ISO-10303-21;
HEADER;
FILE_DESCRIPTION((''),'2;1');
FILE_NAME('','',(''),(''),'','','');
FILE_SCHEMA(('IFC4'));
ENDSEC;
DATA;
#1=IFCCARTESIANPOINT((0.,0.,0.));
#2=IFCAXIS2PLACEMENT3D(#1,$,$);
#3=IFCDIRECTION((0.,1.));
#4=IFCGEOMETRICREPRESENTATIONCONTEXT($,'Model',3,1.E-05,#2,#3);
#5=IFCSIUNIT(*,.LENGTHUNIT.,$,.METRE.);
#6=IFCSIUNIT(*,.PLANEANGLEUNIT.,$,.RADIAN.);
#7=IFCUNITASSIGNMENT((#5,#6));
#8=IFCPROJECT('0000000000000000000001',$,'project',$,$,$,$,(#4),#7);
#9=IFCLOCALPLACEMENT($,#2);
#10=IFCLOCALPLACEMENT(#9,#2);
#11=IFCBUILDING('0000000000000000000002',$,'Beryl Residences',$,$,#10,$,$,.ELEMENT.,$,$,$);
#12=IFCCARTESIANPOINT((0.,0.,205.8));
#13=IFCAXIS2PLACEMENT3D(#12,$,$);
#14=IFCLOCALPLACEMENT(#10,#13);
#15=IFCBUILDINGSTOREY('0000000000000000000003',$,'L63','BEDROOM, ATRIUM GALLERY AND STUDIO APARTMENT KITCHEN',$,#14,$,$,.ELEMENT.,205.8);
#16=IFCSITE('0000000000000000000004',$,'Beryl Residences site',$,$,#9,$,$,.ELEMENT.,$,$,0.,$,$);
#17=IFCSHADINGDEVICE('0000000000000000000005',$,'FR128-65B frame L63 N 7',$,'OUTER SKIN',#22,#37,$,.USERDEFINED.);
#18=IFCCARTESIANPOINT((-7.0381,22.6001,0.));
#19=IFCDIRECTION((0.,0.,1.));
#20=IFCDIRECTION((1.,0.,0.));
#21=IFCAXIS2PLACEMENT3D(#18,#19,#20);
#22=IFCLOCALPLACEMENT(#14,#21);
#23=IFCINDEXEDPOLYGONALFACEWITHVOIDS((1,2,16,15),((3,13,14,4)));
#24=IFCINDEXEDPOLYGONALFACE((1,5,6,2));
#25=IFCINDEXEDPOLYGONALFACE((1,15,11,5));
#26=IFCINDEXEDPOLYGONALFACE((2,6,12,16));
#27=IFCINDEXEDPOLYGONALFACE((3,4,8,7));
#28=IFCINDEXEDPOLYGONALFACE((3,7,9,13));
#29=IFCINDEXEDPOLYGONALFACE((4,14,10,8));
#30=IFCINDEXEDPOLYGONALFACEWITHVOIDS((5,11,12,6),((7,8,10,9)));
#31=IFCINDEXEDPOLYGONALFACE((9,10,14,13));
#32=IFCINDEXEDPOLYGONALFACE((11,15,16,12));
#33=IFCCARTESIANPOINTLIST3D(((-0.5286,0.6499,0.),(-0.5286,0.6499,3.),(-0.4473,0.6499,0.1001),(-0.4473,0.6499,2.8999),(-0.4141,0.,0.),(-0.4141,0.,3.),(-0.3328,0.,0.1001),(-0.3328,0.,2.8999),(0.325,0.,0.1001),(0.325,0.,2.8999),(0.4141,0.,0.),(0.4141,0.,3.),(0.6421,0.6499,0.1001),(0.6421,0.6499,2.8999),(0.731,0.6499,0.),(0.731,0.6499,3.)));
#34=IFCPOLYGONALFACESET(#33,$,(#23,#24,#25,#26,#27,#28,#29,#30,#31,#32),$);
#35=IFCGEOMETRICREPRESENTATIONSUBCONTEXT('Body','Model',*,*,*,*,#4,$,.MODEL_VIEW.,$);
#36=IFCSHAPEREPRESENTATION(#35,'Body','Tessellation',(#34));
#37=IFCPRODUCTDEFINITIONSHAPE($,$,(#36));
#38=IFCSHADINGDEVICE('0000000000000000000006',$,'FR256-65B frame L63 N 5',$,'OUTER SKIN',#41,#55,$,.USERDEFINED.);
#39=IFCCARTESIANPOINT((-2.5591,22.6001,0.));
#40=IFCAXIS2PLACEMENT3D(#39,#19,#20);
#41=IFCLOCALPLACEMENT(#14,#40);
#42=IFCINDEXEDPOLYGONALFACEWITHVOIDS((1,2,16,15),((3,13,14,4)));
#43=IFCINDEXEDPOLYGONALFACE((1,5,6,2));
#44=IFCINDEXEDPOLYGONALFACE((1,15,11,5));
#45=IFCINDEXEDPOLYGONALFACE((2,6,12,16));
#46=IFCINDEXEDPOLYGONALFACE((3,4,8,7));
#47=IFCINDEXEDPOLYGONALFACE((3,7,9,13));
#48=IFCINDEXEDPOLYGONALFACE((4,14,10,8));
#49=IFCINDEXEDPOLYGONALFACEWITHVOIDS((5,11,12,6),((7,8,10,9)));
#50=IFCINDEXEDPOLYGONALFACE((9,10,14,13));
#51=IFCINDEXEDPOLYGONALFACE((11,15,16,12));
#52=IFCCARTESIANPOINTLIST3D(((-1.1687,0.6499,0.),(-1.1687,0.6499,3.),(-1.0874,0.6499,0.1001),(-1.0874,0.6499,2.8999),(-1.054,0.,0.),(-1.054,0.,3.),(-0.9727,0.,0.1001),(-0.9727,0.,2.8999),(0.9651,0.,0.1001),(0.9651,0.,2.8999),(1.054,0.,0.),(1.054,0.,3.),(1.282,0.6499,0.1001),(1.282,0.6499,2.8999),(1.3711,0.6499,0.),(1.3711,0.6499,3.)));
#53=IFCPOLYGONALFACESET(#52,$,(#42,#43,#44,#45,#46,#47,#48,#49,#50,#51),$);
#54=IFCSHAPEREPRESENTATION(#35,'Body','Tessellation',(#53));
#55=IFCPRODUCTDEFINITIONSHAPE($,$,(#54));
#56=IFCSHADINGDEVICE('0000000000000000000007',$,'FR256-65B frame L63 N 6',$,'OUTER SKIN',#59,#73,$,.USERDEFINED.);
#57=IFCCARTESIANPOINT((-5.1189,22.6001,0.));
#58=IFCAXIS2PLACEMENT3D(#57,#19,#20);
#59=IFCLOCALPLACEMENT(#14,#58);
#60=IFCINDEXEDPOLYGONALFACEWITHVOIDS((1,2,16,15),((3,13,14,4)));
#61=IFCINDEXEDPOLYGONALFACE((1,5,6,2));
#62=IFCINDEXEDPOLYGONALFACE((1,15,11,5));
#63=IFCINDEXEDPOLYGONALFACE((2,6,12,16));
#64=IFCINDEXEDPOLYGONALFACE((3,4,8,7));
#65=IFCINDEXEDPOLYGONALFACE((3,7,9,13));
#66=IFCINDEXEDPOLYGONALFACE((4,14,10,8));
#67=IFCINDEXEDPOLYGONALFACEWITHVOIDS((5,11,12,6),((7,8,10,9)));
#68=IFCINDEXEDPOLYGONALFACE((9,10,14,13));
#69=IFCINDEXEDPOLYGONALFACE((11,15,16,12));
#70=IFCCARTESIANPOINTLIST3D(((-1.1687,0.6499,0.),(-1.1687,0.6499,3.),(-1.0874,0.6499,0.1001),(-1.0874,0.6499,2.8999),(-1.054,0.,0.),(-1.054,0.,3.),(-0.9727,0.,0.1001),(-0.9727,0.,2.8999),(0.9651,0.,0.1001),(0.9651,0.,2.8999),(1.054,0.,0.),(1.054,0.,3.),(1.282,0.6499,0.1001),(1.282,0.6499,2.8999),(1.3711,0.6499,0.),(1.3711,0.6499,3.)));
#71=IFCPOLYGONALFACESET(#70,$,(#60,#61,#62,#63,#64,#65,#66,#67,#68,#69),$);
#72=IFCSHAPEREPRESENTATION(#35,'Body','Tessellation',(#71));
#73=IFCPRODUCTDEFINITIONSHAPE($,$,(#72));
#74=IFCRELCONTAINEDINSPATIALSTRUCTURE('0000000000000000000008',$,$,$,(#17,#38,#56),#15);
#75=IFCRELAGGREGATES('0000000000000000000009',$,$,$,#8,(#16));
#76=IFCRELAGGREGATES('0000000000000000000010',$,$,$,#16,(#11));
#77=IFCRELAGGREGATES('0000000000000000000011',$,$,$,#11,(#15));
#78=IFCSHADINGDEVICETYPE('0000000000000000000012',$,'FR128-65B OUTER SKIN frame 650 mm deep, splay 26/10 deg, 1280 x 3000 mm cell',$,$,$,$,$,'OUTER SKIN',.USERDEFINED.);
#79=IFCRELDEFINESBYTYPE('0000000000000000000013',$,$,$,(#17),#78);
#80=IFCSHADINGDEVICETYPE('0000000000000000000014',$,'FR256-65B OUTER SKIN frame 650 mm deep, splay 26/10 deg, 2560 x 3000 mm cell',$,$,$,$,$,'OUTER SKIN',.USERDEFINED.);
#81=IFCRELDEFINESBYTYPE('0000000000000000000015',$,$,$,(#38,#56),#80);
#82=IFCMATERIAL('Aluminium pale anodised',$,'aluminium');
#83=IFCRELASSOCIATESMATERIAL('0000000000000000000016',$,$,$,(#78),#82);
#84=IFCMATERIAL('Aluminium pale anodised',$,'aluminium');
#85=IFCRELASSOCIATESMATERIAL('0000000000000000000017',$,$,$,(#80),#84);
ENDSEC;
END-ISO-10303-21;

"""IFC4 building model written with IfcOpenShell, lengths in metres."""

from ifc_helpers import new_model, entity, si_unit, direction, frame, origin, place, context, subcontext, project, spatial, source, transform, mapped, material, type_object, type_shapes, element, save


model = new_model("IFC4")

# Units and contexts
model_context = context("Model", 3, precision=1e-05, world=origin(), true_north=direction((0.0, 1.0)))
body_context = subcontext(model_context, "Body", "Model", "MODEL_VIEW")
ifc_project = project(units=[si_unit("LENGTHUNIT", "METRE"), si_unit("PLANEANGLEUNIT", "RADIAN")], contexts=[model_context])

# Site, building, storey
site_placement = place(None, origin())
site = spatial("IfcSite", under=ifc_project, at=site_placement, Name="Beryl Residences site", CompositionType="ELEMENT", RefElevation=0.0)
building_placement = place(site_placement, origin())
building = spatial("IfcBuilding", under=site, at=building_placement, Name="Beryl Residences", CompositionType="ELEMENT")
storey_placement = place(building_placement, frame((0.0, 0.0, 205.8)))
storey = spatial("IfcBuildingStorey", under=building, at=storey_placement, Name="L63", Description="BEDROOM, ATRIUM GALLERY AND STUDIO APARTMENT KITCHEN", CompositionType="ELEMENT", Elevation=205.8)

# Shading devices
ifc_material_1 = material(Name="Aluminium pale anodised", Category="aluminium")
shading_device_type_1 = type_object("IfcShadingDeviceType", Name="FR128-65B OUTER SKIN frame 650 mm deep, splay 26/10 deg, 1280 x 3000 mm cell", ElementType="OUTER SKIN", PredefinedType="USERDEFINED", material=ifc_material_1)
cartesian_point_1 = entity("IfcCartesianPoint", [-0.4141, 0.0])
cartesian_point_2 = entity("IfcCartesianPoint", [-0.325, 0.1001])
cartesian_point_3 = entity("IfcCartesianPoint", [-0.731, 0.0])
cartesian_point_4 = entity("IfcCartesianPoint", [-0.6421, 0.1001])
shared_shape_1 = source(origin(), body_context, "Body", "SweptSolid", [
    entity("IfcExtrudedAreaSolidTapered", entity("IfcArbitraryProfileDefWithVoids", "AREA", None, entity("IfcPolyline", [cartesian_point_1, entity("IfcCartesianPoint", [0.4141, 0.0]), entity("IfcCartesianPoint", [0.4141, 3.0]), entity("IfcCartesianPoint", [-0.4141, 3.0]), cartesian_point_1]), [entity("IfcPolyline", [cartesian_point_2, entity("IfcCartesianPoint", [0.3328, 0.1001]), entity("IfcCartesianPoint", [0.3328, 2.8999]), entity("IfcCartesianPoint", [-0.325, 2.8999]), cartesian_point_2])]), entity("IfcAxis2Placement3D", entity("IfcCartesianPoint", [0.0, 0.0, 0.0]), entity("IfcDirection", [0.0, 1.0, 0.0]), entity("IfcDirection", [-1.0, 0.0, 0.0])), entity("IfcDirection", [0.0, 0.0, 1.0]), 0.6499, entity("IfcArbitraryProfileDefWithVoids", "AREA", None, entity("IfcPolyline", [cartesian_point_3, entity("IfcCartesianPoint", [0.5286, 0.0]), entity("IfcCartesianPoint", [0.5286, 3.0]), entity("IfcCartesianPoint", [-0.731, 3.0]), cartesian_point_3]), [entity("IfcPolyline", [cartesian_point_4, entity("IfcCartesianPoint", [0.4473, 0.1001]), entity("IfcCartesianPoint", [0.4473, 2.8999]), entity("IfcCartesianPoint", [-0.6421, 2.8999]), cartesian_point_4])])),
])
type_shapes(shading_device_type_1, [shared_shape_1])
shading_device_placement = place(storey_placement, frame((-7.0381, 22.6001, 0.0), z_axis=(0.0, 0.0, 1.0), x_axis=(1.0, 0.0, 0.0)))
element("IfcShadingDevice", 1, at=shading_device_placement, inside=storey, type_object=shading_device_type_1, Name="FR128-65B frame L63 N 7", ObjectType="OUTER SKIN", PredefinedType="USERDEFINED", context=body_context, shape_type="MappedRepresentation", body=[
    mapped(shared_shape_1, transform((0.0, 0.0, 0.0))),
])
ifc_material_2 = material(Name="Aluminium pale anodised", Category="aluminium")
shading_device_type_2 = type_object("IfcShadingDeviceType", Name="FR256-65B OUTER SKIN frame 650 mm deep, splay 26/10 deg, 2560 x 3000 mm cell", ElementType="OUTER SKIN", PredefinedType="USERDEFINED", material=ifc_material_2)
cartesian_point_5 = entity("IfcCartesianPoint", [-1.054, 0.0])
cartesian_point_6 = entity("IfcCartesianPoint", [-0.9651, 0.1001])
cartesian_point_7 = entity("IfcCartesianPoint", [-1.3711, 0.0])
cartesian_point_8 = entity("IfcCartesianPoint", [-1.282, 0.1001])
shared_shape_2 = source(origin(), body_context, "Body", "SweptSolid", [
    entity("IfcExtrudedAreaSolidTapered", entity("IfcArbitraryProfileDefWithVoids", "AREA", None, entity("IfcPolyline", [cartesian_point_5, entity("IfcCartesianPoint", [1.054, 0.0]), entity("IfcCartesianPoint", [1.054, 3.0]), entity("IfcCartesianPoint", [-1.054, 3.0]), cartesian_point_5]), [entity("IfcPolyline", [cartesian_point_6, entity("IfcCartesianPoint", [0.9727, 0.1001]), entity("IfcCartesianPoint", [0.9727, 2.8999]), entity("IfcCartesianPoint", [-0.9651, 2.8999]), cartesian_point_6])]), entity("IfcAxis2Placement3D", entity("IfcCartesianPoint", [0.0, 0.0, 0.0]), entity("IfcDirection", [0.0, 1.0, 0.0]), entity("IfcDirection", [-1.0, 0.0, 0.0])), entity("IfcDirection", [0.0, 0.0, 1.0]), 0.6499, entity("IfcArbitraryProfileDefWithVoids", "AREA", None, entity("IfcPolyline", [cartesian_point_7, entity("IfcCartesianPoint", [1.1687, 0.0]), entity("IfcCartesianPoint", [1.1687, 3.0]), entity("IfcCartesianPoint", [-1.3711, 3.0]), cartesian_point_7]), [entity("IfcPolyline", [cartesian_point_8, entity("IfcCartesianPoint", [1.0874, 0.1001]), entity("IfcCartesianPoint", [1.0874, 2.8999]), entity("IfcCartesianPoint", [-1.282, 2.8999]), cartesian_point_8])])),
])
type_shapes(shading_device_type_2, [shared_shape_2])
for number, where, z_axis, x_axis, name in (
    (2, (-2.5591, 22.6001, 0.0), (0.0, 0.0, 1.0), (1.0, 0.0, 0.0), "FR256-65B frame L63 N 5"),
    (3, (-5.1189, 22.6001, 0.0), (0.0, 0.0, 1.0), (1.0, 0.0, 0.0), "FR256-65B frame L63 N 6"),
):
    element("IfcShadingDevice", number, at=place(storey_placement, frame(where, z_axis=z_axis, x_axis=x_axis)), inside=storey, type_object=shading_device_type_2, Name=name, ObjectType="OUTER SKIN", PredefinedType="USERDEFINED", context=body_context, shape_type="MappedRepresentation", body=[
        mapped(shared_shape_2, transform((0.0, 0.0, 0.0))),
    ])

save(model, "model.ifc")
